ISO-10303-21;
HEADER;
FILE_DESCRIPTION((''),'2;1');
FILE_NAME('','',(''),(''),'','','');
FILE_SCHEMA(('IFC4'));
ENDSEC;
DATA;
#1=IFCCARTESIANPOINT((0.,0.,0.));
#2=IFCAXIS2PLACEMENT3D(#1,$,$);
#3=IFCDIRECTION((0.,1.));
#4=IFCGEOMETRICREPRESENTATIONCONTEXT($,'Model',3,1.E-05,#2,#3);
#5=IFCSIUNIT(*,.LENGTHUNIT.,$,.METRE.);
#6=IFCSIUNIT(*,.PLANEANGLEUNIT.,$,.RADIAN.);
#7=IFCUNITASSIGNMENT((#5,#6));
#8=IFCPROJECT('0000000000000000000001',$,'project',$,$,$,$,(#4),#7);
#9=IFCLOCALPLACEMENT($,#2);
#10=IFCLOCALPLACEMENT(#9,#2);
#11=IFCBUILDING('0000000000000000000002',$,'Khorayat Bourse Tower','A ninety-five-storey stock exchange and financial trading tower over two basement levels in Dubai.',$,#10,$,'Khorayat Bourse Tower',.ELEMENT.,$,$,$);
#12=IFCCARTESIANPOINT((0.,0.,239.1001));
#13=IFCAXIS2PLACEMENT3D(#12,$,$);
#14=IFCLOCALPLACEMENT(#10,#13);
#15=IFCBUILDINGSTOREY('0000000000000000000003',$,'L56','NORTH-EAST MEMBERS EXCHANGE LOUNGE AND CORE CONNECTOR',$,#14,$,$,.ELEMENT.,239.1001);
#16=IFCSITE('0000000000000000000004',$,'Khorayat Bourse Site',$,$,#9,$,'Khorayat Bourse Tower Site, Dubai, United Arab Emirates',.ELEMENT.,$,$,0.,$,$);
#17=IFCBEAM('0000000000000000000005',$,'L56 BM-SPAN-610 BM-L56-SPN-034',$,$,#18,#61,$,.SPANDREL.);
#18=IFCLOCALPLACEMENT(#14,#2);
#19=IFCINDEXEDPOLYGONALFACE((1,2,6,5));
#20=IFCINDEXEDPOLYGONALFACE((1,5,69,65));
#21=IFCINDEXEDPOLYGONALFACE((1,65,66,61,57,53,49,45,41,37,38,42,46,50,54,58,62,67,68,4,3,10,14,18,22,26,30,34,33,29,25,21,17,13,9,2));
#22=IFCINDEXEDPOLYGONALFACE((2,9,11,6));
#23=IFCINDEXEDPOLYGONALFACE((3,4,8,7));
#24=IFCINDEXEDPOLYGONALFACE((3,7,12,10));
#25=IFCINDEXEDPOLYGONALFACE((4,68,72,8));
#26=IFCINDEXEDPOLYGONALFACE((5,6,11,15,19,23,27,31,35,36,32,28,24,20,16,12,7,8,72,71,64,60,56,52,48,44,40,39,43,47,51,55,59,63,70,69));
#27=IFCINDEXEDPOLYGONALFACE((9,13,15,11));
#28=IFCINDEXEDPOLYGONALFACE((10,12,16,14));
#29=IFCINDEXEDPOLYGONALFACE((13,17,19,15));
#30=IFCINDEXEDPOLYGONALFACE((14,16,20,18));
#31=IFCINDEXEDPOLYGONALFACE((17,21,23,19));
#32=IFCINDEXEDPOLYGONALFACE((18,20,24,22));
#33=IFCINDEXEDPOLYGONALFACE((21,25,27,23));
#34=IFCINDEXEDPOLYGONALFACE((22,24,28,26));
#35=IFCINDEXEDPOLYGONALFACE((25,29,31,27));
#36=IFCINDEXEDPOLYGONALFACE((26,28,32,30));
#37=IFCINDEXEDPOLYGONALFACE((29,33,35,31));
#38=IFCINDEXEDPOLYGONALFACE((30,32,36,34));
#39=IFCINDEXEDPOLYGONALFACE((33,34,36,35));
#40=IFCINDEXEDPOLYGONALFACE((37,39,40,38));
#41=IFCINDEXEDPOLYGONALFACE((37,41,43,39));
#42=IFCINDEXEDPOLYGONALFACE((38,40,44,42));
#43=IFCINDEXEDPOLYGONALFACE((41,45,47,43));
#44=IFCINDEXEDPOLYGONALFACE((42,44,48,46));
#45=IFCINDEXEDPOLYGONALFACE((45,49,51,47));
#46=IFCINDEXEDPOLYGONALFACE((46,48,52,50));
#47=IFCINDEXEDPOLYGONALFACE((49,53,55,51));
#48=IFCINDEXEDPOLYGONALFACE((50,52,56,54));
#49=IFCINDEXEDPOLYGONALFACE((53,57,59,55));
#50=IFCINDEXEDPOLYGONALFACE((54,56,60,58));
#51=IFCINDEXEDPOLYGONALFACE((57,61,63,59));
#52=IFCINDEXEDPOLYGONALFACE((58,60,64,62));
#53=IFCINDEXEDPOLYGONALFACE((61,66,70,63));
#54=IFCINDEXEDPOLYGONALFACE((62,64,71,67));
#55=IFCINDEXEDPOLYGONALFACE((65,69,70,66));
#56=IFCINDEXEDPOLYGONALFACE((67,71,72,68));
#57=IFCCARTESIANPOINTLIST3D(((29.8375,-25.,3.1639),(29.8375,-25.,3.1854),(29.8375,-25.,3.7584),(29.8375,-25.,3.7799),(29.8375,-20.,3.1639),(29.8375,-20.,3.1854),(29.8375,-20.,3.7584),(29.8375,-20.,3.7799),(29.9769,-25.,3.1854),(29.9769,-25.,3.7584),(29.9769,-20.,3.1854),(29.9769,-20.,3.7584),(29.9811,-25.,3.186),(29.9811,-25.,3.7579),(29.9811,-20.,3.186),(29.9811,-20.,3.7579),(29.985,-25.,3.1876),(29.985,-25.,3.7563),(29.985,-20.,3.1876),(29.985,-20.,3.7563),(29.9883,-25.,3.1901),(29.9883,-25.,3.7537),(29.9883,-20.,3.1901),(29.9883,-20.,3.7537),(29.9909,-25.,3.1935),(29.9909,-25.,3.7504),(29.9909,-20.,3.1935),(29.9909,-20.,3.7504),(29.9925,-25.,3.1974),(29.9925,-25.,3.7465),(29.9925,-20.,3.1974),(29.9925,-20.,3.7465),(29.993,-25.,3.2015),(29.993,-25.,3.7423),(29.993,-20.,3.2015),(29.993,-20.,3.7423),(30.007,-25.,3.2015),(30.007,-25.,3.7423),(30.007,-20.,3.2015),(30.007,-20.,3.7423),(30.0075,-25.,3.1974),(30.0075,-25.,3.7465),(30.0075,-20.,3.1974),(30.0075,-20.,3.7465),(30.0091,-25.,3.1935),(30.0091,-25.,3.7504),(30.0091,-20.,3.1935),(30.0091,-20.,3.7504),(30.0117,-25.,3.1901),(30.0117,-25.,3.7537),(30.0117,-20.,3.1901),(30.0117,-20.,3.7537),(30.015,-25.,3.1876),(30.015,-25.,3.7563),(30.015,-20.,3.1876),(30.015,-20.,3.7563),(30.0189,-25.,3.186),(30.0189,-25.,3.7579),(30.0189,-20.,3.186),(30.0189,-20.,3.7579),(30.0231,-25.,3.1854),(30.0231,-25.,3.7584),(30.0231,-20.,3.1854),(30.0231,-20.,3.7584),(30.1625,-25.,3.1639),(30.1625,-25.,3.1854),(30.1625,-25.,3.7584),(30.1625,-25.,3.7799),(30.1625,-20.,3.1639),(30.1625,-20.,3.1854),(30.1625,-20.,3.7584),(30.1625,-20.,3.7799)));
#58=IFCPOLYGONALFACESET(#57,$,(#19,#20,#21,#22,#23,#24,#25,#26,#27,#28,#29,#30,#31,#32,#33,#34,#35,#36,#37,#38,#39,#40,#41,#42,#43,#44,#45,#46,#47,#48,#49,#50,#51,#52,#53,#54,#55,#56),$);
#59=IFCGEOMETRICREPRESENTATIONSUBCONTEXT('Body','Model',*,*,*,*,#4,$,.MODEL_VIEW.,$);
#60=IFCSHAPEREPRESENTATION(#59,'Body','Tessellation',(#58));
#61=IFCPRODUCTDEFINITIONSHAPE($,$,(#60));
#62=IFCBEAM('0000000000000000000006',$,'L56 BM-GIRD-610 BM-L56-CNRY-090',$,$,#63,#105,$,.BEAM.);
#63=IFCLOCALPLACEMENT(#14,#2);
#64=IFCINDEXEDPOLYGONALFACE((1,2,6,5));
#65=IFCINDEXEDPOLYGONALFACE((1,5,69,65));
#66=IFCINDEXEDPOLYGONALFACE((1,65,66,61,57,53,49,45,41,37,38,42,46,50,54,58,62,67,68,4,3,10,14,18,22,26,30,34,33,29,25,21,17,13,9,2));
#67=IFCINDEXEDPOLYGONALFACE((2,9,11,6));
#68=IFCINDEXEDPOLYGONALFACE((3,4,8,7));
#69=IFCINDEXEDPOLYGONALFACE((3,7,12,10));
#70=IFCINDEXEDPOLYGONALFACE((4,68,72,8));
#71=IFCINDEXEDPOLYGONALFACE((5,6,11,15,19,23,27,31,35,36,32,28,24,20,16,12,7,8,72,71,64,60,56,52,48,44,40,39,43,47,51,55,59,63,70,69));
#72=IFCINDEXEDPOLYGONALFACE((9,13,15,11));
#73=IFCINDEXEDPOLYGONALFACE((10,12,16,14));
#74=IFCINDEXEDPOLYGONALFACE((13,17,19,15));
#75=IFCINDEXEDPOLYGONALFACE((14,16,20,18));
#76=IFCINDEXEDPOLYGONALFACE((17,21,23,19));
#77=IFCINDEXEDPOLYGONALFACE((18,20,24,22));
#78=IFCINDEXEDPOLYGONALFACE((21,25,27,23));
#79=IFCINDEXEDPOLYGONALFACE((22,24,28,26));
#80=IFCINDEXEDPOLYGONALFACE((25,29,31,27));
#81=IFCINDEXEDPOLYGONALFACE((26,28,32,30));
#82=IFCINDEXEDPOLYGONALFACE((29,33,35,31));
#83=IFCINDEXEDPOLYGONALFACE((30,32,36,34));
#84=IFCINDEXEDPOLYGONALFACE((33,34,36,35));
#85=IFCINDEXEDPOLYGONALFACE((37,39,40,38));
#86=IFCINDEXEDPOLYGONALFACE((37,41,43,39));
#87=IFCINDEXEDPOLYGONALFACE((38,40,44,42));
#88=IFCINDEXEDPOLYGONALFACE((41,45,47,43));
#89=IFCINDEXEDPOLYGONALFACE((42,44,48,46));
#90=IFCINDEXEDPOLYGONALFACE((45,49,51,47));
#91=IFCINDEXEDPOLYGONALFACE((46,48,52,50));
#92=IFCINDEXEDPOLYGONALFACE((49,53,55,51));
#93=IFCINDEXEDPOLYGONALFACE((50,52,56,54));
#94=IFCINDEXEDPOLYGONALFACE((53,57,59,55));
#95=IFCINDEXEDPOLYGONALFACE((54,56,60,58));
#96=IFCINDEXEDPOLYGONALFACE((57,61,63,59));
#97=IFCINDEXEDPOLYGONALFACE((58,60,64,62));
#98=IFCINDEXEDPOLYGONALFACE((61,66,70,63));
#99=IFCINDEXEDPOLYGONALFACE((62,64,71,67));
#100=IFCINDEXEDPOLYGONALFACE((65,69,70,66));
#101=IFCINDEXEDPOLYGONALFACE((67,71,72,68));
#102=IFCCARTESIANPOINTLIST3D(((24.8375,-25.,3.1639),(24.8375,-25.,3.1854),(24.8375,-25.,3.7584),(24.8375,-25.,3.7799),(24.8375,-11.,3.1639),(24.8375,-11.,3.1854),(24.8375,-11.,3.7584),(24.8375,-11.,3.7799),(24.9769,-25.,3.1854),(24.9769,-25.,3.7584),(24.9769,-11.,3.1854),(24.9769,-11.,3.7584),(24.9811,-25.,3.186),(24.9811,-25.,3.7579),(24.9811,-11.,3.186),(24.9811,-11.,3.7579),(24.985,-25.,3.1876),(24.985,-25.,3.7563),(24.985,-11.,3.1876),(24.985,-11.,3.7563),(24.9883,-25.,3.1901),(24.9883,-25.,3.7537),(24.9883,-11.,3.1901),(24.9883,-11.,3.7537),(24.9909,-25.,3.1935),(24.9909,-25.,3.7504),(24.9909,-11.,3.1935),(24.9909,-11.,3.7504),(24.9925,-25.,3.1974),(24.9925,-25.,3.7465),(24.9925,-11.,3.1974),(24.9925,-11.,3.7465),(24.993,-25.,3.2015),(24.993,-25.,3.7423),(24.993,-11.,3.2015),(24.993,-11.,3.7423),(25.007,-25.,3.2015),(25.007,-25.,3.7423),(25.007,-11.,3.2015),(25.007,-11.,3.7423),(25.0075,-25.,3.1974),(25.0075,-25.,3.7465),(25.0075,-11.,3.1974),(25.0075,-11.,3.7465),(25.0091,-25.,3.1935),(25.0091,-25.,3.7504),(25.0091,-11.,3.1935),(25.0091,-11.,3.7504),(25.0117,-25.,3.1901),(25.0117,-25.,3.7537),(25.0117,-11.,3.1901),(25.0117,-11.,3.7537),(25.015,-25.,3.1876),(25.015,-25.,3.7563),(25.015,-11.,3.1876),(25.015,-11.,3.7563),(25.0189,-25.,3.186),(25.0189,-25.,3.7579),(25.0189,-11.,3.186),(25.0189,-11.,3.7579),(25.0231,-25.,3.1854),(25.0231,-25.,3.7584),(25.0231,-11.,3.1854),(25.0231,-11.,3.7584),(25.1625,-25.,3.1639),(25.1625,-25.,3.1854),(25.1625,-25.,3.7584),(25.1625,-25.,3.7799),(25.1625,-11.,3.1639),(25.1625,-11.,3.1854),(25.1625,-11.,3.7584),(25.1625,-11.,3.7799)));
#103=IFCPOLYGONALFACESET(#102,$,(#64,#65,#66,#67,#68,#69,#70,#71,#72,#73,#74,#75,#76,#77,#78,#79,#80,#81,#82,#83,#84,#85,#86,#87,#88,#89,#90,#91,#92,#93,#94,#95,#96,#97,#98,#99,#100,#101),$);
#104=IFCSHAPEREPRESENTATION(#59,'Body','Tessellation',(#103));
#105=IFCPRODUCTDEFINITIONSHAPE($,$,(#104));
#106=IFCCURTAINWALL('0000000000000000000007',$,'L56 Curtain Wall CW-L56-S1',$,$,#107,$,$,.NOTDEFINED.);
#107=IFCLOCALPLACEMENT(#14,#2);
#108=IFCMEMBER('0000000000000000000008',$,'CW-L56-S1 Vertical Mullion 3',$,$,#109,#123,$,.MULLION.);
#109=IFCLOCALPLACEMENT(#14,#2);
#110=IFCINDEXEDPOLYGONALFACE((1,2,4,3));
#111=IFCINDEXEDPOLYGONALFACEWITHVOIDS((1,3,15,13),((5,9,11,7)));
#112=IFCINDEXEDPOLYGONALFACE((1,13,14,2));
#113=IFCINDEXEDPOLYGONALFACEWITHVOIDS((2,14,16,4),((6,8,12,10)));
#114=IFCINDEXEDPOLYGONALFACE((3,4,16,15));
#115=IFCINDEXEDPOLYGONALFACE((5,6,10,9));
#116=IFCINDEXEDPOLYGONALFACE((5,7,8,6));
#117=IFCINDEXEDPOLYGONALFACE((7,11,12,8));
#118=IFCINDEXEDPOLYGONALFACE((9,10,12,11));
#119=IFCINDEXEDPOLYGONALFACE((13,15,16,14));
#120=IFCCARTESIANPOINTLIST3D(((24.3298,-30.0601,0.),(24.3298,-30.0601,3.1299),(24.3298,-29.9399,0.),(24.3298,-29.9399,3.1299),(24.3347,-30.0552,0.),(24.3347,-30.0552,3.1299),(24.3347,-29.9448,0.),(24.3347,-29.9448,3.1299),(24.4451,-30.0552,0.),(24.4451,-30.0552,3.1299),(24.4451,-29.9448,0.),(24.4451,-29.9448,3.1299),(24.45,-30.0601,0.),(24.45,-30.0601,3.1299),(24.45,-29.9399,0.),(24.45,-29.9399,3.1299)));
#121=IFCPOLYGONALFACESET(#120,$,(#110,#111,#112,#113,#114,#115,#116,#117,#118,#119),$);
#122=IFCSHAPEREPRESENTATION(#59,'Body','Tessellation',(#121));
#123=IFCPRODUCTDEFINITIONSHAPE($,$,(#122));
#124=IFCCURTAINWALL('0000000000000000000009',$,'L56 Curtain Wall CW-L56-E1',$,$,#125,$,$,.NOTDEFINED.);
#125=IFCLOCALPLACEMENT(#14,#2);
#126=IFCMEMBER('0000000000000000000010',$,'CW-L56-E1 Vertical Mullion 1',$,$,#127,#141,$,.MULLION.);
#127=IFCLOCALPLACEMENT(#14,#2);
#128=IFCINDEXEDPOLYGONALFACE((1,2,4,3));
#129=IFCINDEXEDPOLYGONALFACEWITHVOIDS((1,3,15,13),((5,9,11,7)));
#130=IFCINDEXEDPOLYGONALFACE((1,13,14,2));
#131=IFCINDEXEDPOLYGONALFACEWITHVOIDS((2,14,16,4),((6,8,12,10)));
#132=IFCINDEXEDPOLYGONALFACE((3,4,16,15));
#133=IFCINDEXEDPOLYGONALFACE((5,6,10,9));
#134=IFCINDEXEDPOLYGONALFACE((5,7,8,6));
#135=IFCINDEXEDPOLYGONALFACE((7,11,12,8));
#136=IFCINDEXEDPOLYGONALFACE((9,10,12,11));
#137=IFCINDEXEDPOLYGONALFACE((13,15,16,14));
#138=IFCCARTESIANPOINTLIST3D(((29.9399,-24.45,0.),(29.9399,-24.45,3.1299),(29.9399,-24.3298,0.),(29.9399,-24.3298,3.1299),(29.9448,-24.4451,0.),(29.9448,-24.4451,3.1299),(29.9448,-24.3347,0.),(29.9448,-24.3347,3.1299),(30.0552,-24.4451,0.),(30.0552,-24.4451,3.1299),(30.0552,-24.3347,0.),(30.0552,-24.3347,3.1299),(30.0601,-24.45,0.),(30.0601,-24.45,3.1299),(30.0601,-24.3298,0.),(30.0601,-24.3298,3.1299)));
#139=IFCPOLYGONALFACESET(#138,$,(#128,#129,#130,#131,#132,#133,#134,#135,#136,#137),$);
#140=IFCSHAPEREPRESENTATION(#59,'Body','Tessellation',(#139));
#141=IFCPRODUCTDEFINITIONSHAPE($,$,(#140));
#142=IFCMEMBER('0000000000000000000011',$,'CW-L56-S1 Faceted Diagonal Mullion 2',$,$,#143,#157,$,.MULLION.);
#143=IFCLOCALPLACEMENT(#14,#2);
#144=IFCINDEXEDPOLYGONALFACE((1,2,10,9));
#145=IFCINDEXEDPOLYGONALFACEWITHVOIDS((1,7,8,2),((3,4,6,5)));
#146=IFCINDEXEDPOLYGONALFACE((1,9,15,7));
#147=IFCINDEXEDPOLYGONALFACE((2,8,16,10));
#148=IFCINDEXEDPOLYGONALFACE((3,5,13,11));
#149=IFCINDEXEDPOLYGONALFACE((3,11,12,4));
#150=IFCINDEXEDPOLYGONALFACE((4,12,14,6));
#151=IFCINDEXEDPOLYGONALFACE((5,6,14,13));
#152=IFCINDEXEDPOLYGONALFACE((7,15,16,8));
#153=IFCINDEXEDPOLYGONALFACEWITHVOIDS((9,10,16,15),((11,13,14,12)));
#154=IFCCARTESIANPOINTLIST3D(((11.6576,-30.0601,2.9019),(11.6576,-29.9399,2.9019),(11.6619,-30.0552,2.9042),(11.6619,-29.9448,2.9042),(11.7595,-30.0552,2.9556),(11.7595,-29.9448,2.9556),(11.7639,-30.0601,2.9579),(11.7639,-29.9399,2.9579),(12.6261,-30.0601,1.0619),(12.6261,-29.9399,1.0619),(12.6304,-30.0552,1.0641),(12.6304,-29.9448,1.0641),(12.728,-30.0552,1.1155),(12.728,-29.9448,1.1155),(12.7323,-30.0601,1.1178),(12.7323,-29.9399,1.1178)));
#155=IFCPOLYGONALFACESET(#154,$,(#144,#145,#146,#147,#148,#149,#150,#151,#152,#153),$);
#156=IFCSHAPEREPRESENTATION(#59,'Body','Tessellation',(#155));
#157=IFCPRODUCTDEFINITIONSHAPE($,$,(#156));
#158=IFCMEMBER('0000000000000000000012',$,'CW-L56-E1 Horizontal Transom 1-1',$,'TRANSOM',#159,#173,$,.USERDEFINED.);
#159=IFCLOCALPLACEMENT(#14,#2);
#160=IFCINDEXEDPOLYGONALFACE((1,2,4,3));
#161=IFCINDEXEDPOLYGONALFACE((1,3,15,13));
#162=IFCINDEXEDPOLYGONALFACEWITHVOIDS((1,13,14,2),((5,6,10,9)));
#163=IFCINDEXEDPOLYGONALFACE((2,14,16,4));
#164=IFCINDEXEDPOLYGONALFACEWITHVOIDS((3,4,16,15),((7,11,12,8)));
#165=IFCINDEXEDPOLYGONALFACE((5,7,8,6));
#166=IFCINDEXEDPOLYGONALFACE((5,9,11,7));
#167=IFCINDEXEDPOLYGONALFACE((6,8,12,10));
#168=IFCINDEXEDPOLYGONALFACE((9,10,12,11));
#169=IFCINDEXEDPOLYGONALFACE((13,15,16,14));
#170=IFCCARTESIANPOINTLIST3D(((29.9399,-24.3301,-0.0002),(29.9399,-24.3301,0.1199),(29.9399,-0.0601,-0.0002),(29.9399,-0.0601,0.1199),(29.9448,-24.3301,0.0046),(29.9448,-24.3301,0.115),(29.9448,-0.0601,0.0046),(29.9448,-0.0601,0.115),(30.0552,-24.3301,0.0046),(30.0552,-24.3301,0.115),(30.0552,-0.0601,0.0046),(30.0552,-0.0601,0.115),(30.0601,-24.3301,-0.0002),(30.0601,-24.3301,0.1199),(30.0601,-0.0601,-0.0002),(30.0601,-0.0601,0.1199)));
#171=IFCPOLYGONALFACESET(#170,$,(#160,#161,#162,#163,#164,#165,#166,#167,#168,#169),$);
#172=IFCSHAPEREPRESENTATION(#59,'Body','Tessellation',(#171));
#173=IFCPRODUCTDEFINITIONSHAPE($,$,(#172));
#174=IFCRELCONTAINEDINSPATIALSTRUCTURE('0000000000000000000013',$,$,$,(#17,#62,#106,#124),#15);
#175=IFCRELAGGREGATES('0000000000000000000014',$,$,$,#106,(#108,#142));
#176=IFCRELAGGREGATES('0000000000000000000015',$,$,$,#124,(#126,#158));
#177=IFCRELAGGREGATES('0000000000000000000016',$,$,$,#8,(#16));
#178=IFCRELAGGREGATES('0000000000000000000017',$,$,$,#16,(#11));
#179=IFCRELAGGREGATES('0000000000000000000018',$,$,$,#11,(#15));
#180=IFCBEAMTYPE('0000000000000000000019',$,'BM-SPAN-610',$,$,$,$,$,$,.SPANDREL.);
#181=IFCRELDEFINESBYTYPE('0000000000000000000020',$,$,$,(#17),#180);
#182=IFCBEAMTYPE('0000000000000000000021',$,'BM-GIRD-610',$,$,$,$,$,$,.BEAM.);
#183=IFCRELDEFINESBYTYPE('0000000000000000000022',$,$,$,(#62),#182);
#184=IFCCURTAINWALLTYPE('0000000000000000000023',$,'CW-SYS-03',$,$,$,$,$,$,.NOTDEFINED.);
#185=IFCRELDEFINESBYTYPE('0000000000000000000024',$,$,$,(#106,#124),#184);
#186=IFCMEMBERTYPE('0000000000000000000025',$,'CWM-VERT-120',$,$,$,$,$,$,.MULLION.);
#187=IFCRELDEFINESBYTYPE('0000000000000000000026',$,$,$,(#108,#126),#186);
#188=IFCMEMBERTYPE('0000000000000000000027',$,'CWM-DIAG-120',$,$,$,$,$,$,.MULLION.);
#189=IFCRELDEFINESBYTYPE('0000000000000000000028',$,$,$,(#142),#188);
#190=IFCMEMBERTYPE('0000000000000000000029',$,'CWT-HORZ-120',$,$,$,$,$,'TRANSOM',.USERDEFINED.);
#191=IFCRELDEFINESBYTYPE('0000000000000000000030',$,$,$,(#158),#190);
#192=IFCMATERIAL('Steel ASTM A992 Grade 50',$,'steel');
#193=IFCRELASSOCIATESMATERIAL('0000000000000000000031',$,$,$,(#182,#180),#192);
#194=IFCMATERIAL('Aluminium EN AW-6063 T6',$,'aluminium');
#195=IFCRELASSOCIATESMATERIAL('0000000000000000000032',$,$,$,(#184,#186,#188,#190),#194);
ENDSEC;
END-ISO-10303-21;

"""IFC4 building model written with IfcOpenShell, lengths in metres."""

from ifc_helpers import new_model, si_unit, direction, frame, origin, origin_2d, place, context, subcontext, project, spatial, hollow_rectangle, i_section, extrude, source, transform, mapped, material, material_profile, profile_set, type_object, element, aggregate, save


model = new_model("IFC4")

# Units and contexts
model_context = context("Model", 3, precision=1e-05, world=origin(), true_north=direction((0.0, 1.0)))
body_context = subcontext(model_context, "Body", "Model", "MODEL_VIEW")
ifc_project = project(units=[si_unit("LENGTHUNIT", "METRE"), si_unit("PLANEANGLEUNIT", "RADIAN")], contexts=[model_context])

# Site, building, storey
site_placement = place(None, origin())
site = spatial("IfcSite", under=ifc_project, at=site_placement, Name="Khorayat Bourse Site", LongName="Khorayat Bourse Tower Site, Dubai, United Arab Emirates", CompositionType="ELEMENT", RefElevation=0.0)
building_placement = place(site_placement, origin())
building = spatial("IfcBuilding", under=site, at=building_placement, Name="Khorayat Bourse Tower", Description="A ninety-five-storey stock exchange and financial trading tower over two basement levels in Dubai.", LongName="Khorayat Bourse Tower", CompositionType="ELEMENT")
storey_placement = place(building_placement, frame((0.0, 0.0, 239.1001)))
storey = spatial("IfcBuildingStorey", under=building, at=storey_placement, Name="L56", Description="NORTH-EAST MEMBERS EXCHANGE LOUNGE AND CORE CONNECTOR", CompositionType="ELEMENT", Elevation=239.1001)

# Beams
ifc_material_1 = material(Name="Steel ASTM A992 Grade 50", Category="steel")
ifc_material_profile_1 = material_profile(ifc_material_1, i_section(OverallWidth=0.325, OverallDepth=0.616, WebThickness=0.0139, FlangeThickness=0.0215, FilletRadius=0.0161, at=origin_2d()), Name="W610X174")
ifc_profile_set_1 = profile_set([ifc_material_profile_1], Name="Steel ASTM A992 Grade 50")
beam_type_1 = type_object("IfcBeamType", Name="BM-GIRD-610", PredefinedType="BEAM", material=ifc_profile_set_1)
ifc_material_profile_2 = material_profile(ifc_material_1, i_section(OverallWidth=0.325, OverallDepth=0.616, WebThickness=0.0139, FlangeThickness=0.0215, FilletRadius=0.0161, at=origin_2d()), Name="W610X174")
ifc_profile_set_2 = profile_set([ifc_material_profile_2], Name="Steel ASTM A992 Grade 50")
beam_type_2 = type_object("IfcBeamType", Name="BM-SPAN-610", PredefinedType="SPANDREL", material=ifc_profile_set_2)
shared_shape_1 = source(origin(), body_context, "Body", "SweptSolid", [
    extrude(i_section(OverallWidth=0.325, OverallDepth=0.616, WebThickness=0.0139, FlangeThickness=0.0215, FilletRadius=0.0161, at=origin_2d()), origin(), (0.0, 0.0, 1.0), 5.0),
])
for number, where, z_axis, x_axis, name in (
    (1, (30.0, -25.0, 3.4719), (0.0, 1.0, 0.0), (-1.0, 0.0, 0.0), "L56 BM-SPAN-610 BM-L56-SPN-034"),
):
    element("IfcBeam", number, at=place(storey_placement, frame(where, z_axis=z_axis, x_axis=x_axis)), inside=storey, type_object=beam_type_2, Name=name, PredefinedType="SPANDREL", context=body_context, shape_type="MappedRepresentation", body=[
        mapped(shared_shape_1, transform((0.0, 0.0, 0.0), scale=1.0)),
    ])
shared_shape_2 = source(origin(), body_context, "Body", "SweptSolid", [
    extrude(i_section(OverallWidth=0.325, OverallDepth=0.616, WebThickness=0.0139, FlangeThickness=0.0215, FilletRadius=0.0161, at=origin_2d()), origin(), (0.0, 0.0, 1.0), 14.0),
])
beam_1_placement = place(storey_placement, frame((25.0, -25.0, 3.4719), z_axis=(0.0, 1.0, 0.0), x_axis=(-1.0, 0.0, 0.0)))
element("IfcBeam", 2, at=beam_1_placement, inside=storey, type_object=beam_type_1, Name="L56 BM-GIRD-610 BM-L56-CNRY-090", PredefinedType="BEAM", context=body_context, shape_type="MappedRepresentation", body=[
    mapped(shared_shape_2, transform((0.0, 0.0, 0.0), scale=1.0)),
])

# Curtain walls, members
ifc_material_2 = material(Name="Aluminium EN AW-6063 T6", Category="aluminium")
curtain_wall_type = type_object("IfcCurtainWallType", Name="CW-SYS-03", PredefinedType="NOTDEFINED", material=ifc_material_2)
curtain_wall_1_placement = place(storey_placement, origin())
curtain_wall_1 = element("IfcCurtainWall", 3, at=curtain_wall_1_placement, inside=storey, type_object=curtain_wall_type, Name="L56 Curtain Wall CW-L56-S1", PredefinedType="NOTDEFINED")
ifc_material_profile_3 = material_profile(ifc_material_2, hollow_rectangle(XDim=0.1201, YDim=0.1201, WallThickness=0.0049, at=origin_2d()), Name="ALU 120x120x5")
ifc_profile_set_3 = profile_set([ifc_material_profile_3], Name="Aluminium EN AW-6063 T6")
member_type_1 = type_object("IfcMemberType", Name="CWM-VERT-120", PredefinedType="MULLION", material=ifc_profile_set_3)
shared_shape_3 = source(origin(), body_context, "Body", "SweptSolid", [
    extrude(hollow_rectangle(XDim=0.1201, YDim=0.1201, WallThickness=0.0049, at=origin_2d()), origin(), (0.0, 0.0, 1.0), 3.1299),
])
member_1_placement = place(storey_placement, frame((24.3899, -30.0, 0.0), z_axis=(0.0, 0.0, 1.0), x_axis=(0.0, 1.0, 0.0)))
member_1 = element("IfcMember", 4, at=member_1_placement, type_object=member_type_1, Name="CW-L56-S1 Vertical Mullion 3", PredefinedType="MULLION", context=body_context, shape_type="MappedRepresentation", body=[
    mapped(shared_shape_3, transform((0.0, 0.0, 0.0), scale=1.0)),
])
curtain_wall_2_placement = place(storey_placement, origin())
curtain_wall_2 = element("IfcCurtainWall", 5, at=curtain_wall_2_placement, inside=storey, type_object=curtain_wall_type, Name="L56 Curtain Wall CW-L56-E1", PredefinedType="NOTDEFINED")
member_2_placement = place(storey_placement, frame((30.0, -24.3899, 0.0), z_axis=(0.0, 0.0, 1.0), x_axis=(-1.0, 0.0, 0.0)))
member_2 = element("IfcMember", 6, at=member_2_placement, type_object=member_type_1, Name="CW-L56-E1 Vertical Mullion 1", PredefinedType="MULLION", context=body_context, shape_type="MappedRepresentation", body=[
    mapped(shared_shape_3, transform((0.0, 0.0, 0.0), scale=1.0)),
])

# Members
ifc_material_profile_4 = material_profile(ifc_material_2, hollow_rectangle(XDim=0.1201, YDim=0.1201, WallThickness=0.0049, at=origin_2d()), Name="ALU 120x120x5")
ifc_profile_set_4 = profile_set([ifc_material_profile_4], Name="Aluminium EN AW-6063 T6")
member_type_2 = type_object("IfcMemberType", Name="CWM-DIAG-120", PredefinedType="MULLION", material=ifc_profile_set_4)
shared_shape_4 = source(origin(), body_context, "Body", "SweptSolid", [
    extrude(hollow_rectangle(XDim=0.1201, YDim=0.1201, WallThickness=0.0049, at=origin_2d()), origin(), (0.0, 0.0, 1.0), 2.0793),
])
member_3_placement = place(storey_placement, frame((12.6792, -30.0, 1.0898), z_axis=(-0.465761, 0.0, 0.884911), x_axis=(0.0, -1.0, 0.0)))
member_3 = element("IfcMember", 7, at=member_3_placement, type_object=member_type_2, Name="CW-L56-S1 Faceted Diagonal Mullion 2", PredefinedType="MULLION", context=body_context, shape_type="MappedRepresentation", body=[
    mapped(shared_shape_4, transform((0.0, 0.0, 0.0), scale=1.0)),
])
aggregate(curtain_wall_1, [member_1, member_3])
ifc_material_profile_5 = material_profile(ifc_material_2, hollow_rectangle(XDim=0.1201, YDim=0.1201, WallThickness=0.0049, at=origin_2d()), Name="ALU 120x120x5")
ifc_profile_set_5 = profile_set([ifc_material_profile_5], Name="Aluminium EN AW-6063 T6")
member_type_3 = type_object("IfcMemberType", Name="CWT-HORZ-120", ElementType="TRANSOM", PredefinedType="USERDEFINED", material=ifc_profile_set_5)
shared_shape_5 = source(origin(), body_context, "Body", "SweptSolid", [
    extrude(hollow_rectangle(XDim=0.1201, YDim=0.1201, WallThickness=0.0049, at=origin_2d()), origin(), (0.0, 0.0, 1.0), 24.27),
])
member_4_placement = place(storey_placement, frame((30.0, -24.3301, 0.0598), z_axis=(0.0, 1.0, 0.0), x_axis=(-1.0, 0.0, 0.0)))
member_4 = element("IfcMember", 8, at=member_4_placement, type_object=member_type_3, Name="CW-L56-E1 Horizontal Transom 1-1", ObjectType="TRANSOM", PredefinedType="USERDEFINED", context=body_context, shape_type="MappedRepresentation", body=[
    mapped(shared_shape_5, transform((0.0, 0.0, 0.0), scale=1.0)),
])
aggregate(curtain_wall_2, [member_2, member_4])

save(model, "model.ifc")
